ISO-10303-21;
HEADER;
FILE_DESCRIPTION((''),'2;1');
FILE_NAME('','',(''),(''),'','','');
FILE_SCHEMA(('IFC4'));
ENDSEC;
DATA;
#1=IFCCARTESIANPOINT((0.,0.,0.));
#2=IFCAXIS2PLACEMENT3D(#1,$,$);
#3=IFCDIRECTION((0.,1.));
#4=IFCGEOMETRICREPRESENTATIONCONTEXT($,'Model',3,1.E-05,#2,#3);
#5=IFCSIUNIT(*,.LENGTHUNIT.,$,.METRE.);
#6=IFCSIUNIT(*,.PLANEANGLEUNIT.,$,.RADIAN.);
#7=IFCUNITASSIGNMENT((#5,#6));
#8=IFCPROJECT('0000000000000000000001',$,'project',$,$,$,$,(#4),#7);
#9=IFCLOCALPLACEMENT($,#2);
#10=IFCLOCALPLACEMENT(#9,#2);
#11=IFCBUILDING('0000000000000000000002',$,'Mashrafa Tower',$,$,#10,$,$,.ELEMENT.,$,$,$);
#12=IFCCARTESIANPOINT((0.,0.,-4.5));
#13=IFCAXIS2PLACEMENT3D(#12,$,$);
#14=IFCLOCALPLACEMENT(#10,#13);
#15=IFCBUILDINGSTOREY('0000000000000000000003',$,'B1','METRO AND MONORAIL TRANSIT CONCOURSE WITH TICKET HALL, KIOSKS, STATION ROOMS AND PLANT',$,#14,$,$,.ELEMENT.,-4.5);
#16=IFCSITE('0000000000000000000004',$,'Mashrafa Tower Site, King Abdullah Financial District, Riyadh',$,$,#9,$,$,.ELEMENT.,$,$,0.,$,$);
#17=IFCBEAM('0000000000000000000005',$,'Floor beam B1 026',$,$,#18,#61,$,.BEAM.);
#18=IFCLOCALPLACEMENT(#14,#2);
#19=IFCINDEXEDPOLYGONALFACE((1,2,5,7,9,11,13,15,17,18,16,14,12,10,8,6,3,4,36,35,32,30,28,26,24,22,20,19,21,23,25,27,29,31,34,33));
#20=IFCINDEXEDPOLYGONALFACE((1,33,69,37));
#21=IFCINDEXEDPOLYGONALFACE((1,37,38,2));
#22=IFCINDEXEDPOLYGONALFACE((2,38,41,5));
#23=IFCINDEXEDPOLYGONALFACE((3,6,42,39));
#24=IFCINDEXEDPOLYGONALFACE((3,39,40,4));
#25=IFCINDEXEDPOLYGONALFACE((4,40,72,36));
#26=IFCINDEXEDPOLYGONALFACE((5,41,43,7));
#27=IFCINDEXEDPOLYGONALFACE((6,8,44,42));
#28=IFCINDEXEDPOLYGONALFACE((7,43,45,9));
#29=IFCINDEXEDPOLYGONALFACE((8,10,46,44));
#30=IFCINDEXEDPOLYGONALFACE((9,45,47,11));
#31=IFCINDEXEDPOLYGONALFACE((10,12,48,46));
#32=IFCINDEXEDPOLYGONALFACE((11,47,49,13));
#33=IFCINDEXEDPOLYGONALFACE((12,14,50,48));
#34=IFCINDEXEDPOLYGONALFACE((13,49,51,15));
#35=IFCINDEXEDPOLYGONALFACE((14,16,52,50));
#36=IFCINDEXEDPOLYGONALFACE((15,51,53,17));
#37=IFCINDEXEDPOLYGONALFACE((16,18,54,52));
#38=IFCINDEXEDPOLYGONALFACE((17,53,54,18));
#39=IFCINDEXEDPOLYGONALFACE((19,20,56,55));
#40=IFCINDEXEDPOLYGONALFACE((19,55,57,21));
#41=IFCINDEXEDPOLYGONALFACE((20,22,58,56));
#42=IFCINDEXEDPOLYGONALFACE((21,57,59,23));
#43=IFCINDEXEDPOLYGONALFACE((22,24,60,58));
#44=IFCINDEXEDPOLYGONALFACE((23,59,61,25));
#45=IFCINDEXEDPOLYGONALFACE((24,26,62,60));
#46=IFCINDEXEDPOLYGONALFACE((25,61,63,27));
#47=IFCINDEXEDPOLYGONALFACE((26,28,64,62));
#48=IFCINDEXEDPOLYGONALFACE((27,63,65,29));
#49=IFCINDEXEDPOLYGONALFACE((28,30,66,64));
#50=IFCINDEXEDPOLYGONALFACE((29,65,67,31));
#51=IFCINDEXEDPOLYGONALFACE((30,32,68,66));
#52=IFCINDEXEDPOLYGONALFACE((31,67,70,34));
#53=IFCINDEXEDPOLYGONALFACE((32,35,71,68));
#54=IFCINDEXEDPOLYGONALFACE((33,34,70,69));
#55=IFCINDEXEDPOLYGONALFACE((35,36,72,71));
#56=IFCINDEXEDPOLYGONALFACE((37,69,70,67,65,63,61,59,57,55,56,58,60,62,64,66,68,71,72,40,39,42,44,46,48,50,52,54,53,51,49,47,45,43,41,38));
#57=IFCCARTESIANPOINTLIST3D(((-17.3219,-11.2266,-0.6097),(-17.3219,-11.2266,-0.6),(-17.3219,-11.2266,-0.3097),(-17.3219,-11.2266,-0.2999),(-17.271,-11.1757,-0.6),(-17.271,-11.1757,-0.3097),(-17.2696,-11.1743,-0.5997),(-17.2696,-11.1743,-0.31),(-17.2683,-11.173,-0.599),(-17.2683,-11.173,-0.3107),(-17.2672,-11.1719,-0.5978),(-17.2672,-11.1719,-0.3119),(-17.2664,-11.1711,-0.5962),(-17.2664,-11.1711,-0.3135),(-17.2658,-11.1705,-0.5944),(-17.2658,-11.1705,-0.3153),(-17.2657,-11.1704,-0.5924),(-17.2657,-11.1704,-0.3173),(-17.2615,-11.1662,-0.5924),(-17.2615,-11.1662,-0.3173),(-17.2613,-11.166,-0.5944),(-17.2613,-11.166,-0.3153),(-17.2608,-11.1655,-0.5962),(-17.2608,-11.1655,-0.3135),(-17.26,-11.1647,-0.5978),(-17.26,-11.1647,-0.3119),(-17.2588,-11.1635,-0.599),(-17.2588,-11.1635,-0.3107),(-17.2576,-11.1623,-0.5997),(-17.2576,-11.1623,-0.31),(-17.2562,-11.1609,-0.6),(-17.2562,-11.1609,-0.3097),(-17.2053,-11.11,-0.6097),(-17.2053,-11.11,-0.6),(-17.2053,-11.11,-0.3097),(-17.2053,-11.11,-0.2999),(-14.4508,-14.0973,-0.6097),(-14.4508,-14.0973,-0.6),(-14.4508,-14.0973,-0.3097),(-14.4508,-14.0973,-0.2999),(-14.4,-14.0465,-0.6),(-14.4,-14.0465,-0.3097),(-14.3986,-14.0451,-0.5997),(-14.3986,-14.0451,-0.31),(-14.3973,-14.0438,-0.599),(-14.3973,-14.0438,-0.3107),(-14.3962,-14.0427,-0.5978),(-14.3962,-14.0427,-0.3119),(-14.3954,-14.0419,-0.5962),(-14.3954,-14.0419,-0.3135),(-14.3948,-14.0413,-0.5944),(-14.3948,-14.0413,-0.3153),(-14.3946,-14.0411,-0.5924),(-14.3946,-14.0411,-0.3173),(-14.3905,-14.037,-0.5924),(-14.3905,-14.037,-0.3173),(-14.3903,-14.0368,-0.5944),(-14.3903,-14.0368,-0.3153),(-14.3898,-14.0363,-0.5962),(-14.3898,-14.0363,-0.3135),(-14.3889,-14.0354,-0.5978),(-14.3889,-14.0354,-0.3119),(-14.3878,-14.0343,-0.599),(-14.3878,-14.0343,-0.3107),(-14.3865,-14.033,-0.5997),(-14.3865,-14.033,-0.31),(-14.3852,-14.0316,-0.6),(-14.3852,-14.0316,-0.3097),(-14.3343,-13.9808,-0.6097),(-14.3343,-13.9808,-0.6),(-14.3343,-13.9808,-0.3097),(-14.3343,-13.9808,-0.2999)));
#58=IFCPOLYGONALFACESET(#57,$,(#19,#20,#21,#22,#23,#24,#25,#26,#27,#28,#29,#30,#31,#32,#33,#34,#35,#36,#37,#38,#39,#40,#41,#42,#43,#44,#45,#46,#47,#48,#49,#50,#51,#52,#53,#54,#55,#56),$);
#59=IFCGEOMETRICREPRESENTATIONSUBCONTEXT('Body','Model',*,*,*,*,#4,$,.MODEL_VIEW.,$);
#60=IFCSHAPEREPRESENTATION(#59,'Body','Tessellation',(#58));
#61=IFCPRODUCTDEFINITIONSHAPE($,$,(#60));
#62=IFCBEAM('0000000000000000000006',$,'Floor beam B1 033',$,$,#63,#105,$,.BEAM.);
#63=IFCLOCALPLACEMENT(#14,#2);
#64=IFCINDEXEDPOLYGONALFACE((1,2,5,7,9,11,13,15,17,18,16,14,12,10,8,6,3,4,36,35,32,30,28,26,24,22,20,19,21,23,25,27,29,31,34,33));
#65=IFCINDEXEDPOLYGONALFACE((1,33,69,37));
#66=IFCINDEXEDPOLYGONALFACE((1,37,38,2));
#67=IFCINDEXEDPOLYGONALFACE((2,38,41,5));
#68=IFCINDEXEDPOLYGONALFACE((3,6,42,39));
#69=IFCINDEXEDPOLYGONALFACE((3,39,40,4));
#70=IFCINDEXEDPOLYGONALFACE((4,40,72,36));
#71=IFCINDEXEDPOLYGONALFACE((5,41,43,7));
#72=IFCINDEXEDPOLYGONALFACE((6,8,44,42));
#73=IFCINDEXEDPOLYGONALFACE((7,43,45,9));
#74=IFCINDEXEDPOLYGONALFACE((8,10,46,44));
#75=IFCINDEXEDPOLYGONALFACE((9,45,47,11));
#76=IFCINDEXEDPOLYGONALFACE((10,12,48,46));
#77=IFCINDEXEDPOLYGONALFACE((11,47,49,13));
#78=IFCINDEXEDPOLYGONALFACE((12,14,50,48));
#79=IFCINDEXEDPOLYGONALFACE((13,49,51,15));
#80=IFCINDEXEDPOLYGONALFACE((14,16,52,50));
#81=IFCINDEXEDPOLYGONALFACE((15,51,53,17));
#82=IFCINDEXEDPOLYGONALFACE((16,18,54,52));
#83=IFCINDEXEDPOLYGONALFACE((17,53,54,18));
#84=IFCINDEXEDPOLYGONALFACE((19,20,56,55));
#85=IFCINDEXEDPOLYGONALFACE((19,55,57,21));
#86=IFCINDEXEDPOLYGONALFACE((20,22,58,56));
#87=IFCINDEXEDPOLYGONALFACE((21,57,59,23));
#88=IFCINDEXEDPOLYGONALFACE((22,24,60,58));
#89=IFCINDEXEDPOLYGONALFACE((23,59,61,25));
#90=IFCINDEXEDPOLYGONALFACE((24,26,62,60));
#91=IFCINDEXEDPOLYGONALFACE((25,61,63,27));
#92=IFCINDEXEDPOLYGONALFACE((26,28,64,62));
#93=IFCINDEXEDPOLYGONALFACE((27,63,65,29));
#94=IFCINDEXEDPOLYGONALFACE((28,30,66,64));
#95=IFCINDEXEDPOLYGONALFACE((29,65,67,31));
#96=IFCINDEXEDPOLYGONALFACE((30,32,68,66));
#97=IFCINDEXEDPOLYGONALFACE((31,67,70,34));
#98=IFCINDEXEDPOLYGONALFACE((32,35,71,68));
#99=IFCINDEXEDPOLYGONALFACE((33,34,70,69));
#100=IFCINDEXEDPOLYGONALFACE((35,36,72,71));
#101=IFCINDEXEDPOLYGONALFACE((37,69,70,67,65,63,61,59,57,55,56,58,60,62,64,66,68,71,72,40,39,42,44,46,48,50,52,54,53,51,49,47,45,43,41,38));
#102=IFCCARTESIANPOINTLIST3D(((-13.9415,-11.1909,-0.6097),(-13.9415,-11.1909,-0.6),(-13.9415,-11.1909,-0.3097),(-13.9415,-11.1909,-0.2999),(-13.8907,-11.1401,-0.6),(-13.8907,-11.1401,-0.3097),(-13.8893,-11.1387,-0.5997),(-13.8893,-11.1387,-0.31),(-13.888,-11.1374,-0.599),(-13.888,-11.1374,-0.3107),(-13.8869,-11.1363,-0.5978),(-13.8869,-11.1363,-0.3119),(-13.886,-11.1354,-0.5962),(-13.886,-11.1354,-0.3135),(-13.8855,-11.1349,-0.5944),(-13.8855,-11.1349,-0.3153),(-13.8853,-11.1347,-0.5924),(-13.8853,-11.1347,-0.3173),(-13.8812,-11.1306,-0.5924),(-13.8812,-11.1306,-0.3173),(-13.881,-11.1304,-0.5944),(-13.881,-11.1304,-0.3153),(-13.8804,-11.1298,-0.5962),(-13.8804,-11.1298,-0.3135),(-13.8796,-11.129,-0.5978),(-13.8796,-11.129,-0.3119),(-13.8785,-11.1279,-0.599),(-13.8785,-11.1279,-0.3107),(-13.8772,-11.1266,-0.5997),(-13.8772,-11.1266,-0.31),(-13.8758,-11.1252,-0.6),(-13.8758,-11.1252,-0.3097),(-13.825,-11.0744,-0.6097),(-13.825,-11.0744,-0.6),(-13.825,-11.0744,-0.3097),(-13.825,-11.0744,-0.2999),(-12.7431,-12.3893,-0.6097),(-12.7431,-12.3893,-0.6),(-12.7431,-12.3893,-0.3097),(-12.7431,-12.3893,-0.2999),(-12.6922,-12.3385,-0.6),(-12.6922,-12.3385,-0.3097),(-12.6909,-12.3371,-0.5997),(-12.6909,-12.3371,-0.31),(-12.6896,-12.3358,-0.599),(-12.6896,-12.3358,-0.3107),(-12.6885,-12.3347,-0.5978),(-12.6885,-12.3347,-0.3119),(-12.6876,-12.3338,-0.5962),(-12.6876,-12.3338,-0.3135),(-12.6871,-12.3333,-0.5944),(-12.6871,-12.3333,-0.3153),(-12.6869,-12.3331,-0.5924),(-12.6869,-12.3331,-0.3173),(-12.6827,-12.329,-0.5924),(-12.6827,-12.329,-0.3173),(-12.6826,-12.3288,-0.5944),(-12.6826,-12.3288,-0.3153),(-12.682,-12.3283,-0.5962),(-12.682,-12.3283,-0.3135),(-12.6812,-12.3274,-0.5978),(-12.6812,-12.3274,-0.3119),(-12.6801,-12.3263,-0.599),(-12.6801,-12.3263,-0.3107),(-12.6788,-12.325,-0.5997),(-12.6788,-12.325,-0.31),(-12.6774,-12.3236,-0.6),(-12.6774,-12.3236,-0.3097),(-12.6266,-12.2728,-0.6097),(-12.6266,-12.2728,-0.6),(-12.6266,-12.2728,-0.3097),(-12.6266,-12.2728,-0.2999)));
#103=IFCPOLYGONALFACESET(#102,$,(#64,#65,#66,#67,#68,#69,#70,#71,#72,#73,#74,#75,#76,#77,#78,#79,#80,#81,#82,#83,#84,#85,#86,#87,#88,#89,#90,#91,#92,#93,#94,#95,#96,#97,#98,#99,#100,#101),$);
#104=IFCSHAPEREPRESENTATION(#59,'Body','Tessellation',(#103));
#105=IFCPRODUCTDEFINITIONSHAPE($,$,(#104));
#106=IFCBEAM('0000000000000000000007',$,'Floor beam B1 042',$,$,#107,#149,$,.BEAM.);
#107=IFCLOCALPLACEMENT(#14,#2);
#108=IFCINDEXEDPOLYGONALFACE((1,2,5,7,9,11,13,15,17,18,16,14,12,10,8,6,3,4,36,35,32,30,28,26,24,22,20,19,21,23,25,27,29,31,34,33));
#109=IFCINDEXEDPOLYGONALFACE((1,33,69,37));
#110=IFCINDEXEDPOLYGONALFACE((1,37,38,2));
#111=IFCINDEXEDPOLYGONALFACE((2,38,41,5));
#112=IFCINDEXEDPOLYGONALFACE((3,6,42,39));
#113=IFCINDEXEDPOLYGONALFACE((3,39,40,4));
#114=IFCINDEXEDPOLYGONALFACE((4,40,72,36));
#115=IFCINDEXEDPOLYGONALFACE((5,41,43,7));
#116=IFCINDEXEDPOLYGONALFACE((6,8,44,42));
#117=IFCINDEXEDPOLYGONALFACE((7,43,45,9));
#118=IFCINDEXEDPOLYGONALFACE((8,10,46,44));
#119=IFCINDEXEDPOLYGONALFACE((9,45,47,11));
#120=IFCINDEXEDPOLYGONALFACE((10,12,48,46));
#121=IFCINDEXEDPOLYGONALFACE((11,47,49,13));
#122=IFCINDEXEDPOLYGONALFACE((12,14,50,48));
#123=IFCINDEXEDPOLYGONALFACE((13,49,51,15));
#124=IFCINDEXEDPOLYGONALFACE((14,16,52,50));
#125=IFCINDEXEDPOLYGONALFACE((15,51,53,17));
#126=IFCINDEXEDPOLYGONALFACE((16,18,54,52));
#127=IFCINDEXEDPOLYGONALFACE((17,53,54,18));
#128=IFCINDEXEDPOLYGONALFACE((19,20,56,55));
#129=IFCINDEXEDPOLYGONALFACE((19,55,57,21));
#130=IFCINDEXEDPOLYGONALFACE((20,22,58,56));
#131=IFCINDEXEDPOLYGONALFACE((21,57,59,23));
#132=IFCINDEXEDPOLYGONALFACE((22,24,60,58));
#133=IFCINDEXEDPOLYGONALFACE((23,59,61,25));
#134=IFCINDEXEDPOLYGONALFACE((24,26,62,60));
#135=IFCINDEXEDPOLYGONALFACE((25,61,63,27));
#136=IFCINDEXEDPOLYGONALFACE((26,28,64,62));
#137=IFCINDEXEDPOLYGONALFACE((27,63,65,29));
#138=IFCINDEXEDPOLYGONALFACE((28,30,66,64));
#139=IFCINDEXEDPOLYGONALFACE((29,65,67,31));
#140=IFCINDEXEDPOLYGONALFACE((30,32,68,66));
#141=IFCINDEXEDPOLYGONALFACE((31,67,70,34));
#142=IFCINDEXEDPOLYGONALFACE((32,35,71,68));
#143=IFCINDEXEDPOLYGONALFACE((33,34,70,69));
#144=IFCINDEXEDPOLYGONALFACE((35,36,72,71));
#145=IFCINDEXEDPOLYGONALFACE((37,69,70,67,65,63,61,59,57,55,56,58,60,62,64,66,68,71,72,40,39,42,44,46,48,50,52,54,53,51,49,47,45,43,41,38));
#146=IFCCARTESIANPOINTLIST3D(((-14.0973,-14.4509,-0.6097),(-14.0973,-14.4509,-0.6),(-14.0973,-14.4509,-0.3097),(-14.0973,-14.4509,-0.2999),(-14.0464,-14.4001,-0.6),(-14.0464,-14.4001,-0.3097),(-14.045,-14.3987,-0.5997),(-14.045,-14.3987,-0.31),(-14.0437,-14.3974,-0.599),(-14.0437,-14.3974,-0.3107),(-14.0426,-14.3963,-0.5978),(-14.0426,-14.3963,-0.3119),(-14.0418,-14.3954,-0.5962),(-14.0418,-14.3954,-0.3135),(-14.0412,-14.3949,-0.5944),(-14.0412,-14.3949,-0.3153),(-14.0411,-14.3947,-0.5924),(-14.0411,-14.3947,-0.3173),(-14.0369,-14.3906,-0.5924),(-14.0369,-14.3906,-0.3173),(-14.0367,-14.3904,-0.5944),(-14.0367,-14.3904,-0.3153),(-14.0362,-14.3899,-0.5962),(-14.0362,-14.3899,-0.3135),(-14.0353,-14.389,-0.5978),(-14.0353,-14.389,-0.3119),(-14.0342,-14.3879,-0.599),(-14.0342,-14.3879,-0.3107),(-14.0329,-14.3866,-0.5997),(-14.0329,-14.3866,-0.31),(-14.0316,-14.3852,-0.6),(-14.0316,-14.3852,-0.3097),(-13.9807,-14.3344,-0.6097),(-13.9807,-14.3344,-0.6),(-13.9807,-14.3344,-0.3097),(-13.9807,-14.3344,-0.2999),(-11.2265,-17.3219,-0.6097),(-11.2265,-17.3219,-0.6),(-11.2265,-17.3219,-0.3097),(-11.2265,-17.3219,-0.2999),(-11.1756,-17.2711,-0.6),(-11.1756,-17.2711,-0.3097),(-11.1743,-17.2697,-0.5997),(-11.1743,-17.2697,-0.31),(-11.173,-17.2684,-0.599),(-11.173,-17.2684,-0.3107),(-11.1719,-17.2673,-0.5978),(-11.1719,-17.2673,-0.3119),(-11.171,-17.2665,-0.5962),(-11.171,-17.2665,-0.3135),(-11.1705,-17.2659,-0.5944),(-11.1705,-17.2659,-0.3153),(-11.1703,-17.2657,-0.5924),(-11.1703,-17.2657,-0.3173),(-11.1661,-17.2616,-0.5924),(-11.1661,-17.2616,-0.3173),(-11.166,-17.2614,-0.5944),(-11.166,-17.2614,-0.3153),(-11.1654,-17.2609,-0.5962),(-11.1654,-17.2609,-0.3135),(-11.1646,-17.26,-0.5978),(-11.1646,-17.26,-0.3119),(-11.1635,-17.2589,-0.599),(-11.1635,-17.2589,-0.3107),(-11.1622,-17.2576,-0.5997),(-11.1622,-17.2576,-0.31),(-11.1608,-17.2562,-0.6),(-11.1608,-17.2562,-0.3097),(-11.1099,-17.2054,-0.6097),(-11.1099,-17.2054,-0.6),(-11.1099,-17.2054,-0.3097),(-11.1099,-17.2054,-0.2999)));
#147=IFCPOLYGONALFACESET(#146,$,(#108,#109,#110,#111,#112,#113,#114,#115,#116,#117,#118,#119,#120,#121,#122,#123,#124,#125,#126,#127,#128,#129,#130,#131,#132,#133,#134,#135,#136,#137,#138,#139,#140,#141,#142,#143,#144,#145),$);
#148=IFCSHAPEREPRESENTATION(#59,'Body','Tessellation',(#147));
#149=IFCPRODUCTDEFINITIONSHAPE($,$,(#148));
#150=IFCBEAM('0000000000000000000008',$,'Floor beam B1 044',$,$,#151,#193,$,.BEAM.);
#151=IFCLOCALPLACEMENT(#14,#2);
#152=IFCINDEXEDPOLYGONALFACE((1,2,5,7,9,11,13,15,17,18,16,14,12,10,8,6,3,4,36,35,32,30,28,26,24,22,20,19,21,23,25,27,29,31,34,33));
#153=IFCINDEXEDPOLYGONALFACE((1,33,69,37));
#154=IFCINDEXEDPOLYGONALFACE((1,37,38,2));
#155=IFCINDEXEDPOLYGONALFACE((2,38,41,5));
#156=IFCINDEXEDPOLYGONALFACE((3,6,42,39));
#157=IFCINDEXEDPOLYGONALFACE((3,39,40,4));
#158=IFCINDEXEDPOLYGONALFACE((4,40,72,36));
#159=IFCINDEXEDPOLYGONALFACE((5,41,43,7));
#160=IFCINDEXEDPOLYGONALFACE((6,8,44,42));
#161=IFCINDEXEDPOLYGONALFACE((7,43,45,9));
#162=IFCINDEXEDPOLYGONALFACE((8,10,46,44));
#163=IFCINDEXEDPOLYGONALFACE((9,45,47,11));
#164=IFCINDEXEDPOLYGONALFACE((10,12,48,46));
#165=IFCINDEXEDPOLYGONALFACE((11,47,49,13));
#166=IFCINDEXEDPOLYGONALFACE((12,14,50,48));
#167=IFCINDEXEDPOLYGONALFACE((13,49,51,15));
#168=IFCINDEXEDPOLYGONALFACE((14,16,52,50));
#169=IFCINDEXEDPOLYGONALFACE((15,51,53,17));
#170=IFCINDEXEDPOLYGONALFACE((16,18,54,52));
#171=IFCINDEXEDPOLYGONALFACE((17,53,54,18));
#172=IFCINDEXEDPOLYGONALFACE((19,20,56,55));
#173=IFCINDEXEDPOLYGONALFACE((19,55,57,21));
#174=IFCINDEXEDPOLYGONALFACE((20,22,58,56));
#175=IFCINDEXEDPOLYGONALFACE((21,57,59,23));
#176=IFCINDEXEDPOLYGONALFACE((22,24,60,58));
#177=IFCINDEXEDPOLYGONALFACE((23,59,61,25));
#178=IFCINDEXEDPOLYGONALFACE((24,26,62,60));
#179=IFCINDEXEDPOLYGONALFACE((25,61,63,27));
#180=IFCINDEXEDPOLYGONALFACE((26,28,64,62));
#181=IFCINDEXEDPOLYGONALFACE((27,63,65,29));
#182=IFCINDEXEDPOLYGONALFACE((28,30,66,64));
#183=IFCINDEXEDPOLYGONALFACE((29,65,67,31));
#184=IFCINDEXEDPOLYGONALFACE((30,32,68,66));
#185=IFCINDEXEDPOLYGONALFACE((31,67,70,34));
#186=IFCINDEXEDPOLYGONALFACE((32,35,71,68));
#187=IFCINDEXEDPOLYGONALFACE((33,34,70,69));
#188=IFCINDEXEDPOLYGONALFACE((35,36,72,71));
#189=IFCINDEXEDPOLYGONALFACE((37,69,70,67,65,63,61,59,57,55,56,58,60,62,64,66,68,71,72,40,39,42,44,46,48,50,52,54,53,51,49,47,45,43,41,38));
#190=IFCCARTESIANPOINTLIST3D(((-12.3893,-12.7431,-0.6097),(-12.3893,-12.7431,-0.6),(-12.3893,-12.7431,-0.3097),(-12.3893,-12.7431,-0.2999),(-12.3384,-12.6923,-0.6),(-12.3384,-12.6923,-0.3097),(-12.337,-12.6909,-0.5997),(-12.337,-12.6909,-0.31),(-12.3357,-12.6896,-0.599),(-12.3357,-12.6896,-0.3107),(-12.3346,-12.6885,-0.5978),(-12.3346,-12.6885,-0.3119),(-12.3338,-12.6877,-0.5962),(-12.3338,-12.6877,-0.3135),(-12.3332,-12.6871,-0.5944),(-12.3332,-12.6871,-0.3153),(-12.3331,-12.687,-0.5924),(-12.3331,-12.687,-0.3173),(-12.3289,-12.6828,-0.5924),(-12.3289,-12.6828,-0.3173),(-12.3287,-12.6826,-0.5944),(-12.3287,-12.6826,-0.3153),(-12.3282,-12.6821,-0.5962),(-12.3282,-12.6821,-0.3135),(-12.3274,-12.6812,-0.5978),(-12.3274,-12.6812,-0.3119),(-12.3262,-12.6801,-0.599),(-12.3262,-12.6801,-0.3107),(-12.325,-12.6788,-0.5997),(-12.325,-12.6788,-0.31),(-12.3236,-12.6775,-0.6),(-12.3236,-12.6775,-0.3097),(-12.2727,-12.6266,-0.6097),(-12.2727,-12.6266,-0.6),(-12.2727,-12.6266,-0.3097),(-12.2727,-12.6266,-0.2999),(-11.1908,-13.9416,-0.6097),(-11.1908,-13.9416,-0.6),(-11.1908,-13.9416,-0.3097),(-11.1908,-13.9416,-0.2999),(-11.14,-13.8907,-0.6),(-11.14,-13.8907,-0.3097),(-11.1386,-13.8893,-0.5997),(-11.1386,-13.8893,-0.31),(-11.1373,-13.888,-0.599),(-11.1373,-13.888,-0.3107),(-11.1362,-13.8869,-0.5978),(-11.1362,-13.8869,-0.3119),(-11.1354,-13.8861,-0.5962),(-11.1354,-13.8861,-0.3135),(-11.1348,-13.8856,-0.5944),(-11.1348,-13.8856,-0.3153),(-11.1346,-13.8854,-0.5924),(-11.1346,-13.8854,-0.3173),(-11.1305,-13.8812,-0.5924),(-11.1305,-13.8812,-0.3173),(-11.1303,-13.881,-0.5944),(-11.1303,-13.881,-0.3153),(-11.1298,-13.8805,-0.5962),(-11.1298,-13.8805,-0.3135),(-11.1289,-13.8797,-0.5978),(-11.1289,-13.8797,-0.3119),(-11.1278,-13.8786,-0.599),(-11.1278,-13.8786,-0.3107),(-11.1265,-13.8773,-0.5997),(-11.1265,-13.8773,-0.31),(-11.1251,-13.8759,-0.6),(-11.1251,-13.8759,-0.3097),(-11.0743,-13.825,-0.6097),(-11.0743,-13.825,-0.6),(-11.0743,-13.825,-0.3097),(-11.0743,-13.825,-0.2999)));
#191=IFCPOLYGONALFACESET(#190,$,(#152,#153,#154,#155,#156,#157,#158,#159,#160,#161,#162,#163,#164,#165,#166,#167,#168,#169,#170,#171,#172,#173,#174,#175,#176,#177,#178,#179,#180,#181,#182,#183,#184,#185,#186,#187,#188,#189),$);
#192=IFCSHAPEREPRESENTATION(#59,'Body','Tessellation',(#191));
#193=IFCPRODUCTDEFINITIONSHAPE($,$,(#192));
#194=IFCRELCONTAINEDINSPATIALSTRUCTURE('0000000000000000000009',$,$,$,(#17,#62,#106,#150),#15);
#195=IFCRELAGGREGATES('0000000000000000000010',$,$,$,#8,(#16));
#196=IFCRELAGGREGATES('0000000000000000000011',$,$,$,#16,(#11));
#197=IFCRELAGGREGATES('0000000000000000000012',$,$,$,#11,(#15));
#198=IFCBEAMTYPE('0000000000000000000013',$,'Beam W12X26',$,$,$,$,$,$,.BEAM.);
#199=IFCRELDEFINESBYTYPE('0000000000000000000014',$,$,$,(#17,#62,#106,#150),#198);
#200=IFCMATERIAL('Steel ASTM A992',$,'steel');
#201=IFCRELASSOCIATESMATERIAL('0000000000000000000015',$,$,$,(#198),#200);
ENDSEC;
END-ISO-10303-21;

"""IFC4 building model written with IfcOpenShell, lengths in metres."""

from ifc_helpers import new_model, si_unit, direction, frame, origin, origin_2d, place, context, subcontext, project, spatial, i_section, extrude, material, material_profile, profile_set, type_object, element, save


model = new_model("IFC4")

# Units and contexts
model_context = context("Model", 3, precision=1e-05, world=origin(), true_north=direction((0.0, 1.0)))
body_context = subcontext(model_context, "Body", "Model", "MODEL_VIEW")
ifc_project = project(units=[si_unit("LENGTHUNIT", "METRE"), si_unit("PLANEANGLEUNIT", "RADIAN")], contexts=[model_context])

# Site, building, storey
site_placement = place(None, origin())
site = spatial("IfcSite", under=ifc_project, at=site_placement, Name="Mashrafa Tower Site, King Abdullah Financial District, Riyadh", CompositionType="ELEMENT", RefElevation=0.0)
building_placement = place(site_placement, origin())
building = spatial("IfcBuilding", under=site, at=building_placement, Name="Mashrafa Tower", CompositionType="ELEMENT")
storey_placement = place(building_placement, frame((0.0, 0.0, -4.5)))
storey = spatial("IfcBuildingStorey", under=building, at=storey_placement, Name="B1", Description="METRO AND MONORAIL TRANSIT CONCOURSE WITH TICKET HALL, KIOSKS, STATION ROOMS AND PLANT", CompositionType="ELEMENT", Elevation=-4.5)

# Beams
ifc_material_1 = material(Name="Steel ASTM A992", Category="steel")
ifc_material_profile_1 = material_profile(ifc_material_1, i_section(OverallWidth=0.1648, OverallDepth=0.3098, WebThickness=0.0059, FlangeThickness=0.0098, FilletRadius=0.0076, at=origin_2d()), Name="W12X26")
ifc_profile_set_1 = profile_set([ifc_material_profile_1], Name="Steel ASTM A992")
beam_type_1 = type_object("IfcBeamType", Name="Beam W12X26", PredefinedType="BEAM", material=ifc_profile_set_1)
beam_1_placement = place(storey_placement, frame((-14.3926, -14.0391, -0.4548), z_axis=(-0.707137, 0.707077, 0.0), x_axis=(-0.707077, -0.707137, 0.0)))
element("IfcBeam", 1, at=beam_1_placement, inside=storey, type_object=beam_type_1, Name="Floor beam B1 026", PredefinedType="BEAM", context=body_context, shape_type="SweptSolid", body=[
    extrude(i_section(OverallWidth=0.1648, OverallDepth=0.3098, WebThickness=0.0059, FlangeThickness=0.0098, FilletRadius=0.0076, at=origin_2d()), origin(), (0.0, 0.0, 1.0), 4.0601),
])
beam_2_placement = place(storey_placement, frame((-12.6848, -12.3311, -0.4548), z_axis=(-0.707107, 0.707107, 0.0), x_axis=(-0.707107, -0.707107, 0.0)))
element("IfcBeam", 2, at=beam_2_placement, inside=storey, type_object=beam_type_1, Name="Floor beam B1 033", PredefinedType="BEAM", context=body_context, shape_type="SweptSolid", body=[
    extrude(i_section(OverallWidth=0.1648, OverallDepth=0.3098, WebThickness=0.0059, FlangeThickness=0.0098, FilletRadius=0.0076, at=origin_2d()), origin(), (0.0, 0.0, 1.0), 1.6948),
])
beam_3_placement = place(storey_placement, frame((-11.1682, -17.2637, -0.4548), z_axis=(-0.707077, 0.707137, 0.0), x_axis=(-0.707137, -0.707077, 0.0)))
element("IfcBeam", 3, at=beam_3_placement, inside=storey, type_object=beam_type_1, Name="Floor beam B1 042", PredefinedType="BEAM", context=body_context, shape_type="SweptSolid", body=[
    extrude(i_section(OverallWidth=0.1648, OverallDepth=0.3098, WebThickness=0.0059, FlangeThickness=0.0098, FilletRadius=0.0076, at=origin_2d()), origin(), (0.0, 0.0, 1.0), 4.0601),
])
beam_4_placement = place(storey_placement, frame((-11.1326, -13.8833, -0.4548), z_axis=(-0.707107, 0.707107, 0.0), x_axis=(-0.707107, -0.707107, 0.0)))
element("IfcBeam", 4, at=beam_4_placement, inside=storey, type_object=beam_type_1, Name="Floor beam B1 044", PredefinedType="BEAM", context=body_context, shape_type="SweptSolid", body=[
    extrude(i_section(OverallWidth=0.1648, OverallDepth=0.3098, WebThickness=0.0059, FlangeThickness=0.0098, FilletRadius=0.0076, at=origin_2d()), origin(), (0.0, 0.0, 1.0), 1.6948),
])

save(model, "model.ifc")
